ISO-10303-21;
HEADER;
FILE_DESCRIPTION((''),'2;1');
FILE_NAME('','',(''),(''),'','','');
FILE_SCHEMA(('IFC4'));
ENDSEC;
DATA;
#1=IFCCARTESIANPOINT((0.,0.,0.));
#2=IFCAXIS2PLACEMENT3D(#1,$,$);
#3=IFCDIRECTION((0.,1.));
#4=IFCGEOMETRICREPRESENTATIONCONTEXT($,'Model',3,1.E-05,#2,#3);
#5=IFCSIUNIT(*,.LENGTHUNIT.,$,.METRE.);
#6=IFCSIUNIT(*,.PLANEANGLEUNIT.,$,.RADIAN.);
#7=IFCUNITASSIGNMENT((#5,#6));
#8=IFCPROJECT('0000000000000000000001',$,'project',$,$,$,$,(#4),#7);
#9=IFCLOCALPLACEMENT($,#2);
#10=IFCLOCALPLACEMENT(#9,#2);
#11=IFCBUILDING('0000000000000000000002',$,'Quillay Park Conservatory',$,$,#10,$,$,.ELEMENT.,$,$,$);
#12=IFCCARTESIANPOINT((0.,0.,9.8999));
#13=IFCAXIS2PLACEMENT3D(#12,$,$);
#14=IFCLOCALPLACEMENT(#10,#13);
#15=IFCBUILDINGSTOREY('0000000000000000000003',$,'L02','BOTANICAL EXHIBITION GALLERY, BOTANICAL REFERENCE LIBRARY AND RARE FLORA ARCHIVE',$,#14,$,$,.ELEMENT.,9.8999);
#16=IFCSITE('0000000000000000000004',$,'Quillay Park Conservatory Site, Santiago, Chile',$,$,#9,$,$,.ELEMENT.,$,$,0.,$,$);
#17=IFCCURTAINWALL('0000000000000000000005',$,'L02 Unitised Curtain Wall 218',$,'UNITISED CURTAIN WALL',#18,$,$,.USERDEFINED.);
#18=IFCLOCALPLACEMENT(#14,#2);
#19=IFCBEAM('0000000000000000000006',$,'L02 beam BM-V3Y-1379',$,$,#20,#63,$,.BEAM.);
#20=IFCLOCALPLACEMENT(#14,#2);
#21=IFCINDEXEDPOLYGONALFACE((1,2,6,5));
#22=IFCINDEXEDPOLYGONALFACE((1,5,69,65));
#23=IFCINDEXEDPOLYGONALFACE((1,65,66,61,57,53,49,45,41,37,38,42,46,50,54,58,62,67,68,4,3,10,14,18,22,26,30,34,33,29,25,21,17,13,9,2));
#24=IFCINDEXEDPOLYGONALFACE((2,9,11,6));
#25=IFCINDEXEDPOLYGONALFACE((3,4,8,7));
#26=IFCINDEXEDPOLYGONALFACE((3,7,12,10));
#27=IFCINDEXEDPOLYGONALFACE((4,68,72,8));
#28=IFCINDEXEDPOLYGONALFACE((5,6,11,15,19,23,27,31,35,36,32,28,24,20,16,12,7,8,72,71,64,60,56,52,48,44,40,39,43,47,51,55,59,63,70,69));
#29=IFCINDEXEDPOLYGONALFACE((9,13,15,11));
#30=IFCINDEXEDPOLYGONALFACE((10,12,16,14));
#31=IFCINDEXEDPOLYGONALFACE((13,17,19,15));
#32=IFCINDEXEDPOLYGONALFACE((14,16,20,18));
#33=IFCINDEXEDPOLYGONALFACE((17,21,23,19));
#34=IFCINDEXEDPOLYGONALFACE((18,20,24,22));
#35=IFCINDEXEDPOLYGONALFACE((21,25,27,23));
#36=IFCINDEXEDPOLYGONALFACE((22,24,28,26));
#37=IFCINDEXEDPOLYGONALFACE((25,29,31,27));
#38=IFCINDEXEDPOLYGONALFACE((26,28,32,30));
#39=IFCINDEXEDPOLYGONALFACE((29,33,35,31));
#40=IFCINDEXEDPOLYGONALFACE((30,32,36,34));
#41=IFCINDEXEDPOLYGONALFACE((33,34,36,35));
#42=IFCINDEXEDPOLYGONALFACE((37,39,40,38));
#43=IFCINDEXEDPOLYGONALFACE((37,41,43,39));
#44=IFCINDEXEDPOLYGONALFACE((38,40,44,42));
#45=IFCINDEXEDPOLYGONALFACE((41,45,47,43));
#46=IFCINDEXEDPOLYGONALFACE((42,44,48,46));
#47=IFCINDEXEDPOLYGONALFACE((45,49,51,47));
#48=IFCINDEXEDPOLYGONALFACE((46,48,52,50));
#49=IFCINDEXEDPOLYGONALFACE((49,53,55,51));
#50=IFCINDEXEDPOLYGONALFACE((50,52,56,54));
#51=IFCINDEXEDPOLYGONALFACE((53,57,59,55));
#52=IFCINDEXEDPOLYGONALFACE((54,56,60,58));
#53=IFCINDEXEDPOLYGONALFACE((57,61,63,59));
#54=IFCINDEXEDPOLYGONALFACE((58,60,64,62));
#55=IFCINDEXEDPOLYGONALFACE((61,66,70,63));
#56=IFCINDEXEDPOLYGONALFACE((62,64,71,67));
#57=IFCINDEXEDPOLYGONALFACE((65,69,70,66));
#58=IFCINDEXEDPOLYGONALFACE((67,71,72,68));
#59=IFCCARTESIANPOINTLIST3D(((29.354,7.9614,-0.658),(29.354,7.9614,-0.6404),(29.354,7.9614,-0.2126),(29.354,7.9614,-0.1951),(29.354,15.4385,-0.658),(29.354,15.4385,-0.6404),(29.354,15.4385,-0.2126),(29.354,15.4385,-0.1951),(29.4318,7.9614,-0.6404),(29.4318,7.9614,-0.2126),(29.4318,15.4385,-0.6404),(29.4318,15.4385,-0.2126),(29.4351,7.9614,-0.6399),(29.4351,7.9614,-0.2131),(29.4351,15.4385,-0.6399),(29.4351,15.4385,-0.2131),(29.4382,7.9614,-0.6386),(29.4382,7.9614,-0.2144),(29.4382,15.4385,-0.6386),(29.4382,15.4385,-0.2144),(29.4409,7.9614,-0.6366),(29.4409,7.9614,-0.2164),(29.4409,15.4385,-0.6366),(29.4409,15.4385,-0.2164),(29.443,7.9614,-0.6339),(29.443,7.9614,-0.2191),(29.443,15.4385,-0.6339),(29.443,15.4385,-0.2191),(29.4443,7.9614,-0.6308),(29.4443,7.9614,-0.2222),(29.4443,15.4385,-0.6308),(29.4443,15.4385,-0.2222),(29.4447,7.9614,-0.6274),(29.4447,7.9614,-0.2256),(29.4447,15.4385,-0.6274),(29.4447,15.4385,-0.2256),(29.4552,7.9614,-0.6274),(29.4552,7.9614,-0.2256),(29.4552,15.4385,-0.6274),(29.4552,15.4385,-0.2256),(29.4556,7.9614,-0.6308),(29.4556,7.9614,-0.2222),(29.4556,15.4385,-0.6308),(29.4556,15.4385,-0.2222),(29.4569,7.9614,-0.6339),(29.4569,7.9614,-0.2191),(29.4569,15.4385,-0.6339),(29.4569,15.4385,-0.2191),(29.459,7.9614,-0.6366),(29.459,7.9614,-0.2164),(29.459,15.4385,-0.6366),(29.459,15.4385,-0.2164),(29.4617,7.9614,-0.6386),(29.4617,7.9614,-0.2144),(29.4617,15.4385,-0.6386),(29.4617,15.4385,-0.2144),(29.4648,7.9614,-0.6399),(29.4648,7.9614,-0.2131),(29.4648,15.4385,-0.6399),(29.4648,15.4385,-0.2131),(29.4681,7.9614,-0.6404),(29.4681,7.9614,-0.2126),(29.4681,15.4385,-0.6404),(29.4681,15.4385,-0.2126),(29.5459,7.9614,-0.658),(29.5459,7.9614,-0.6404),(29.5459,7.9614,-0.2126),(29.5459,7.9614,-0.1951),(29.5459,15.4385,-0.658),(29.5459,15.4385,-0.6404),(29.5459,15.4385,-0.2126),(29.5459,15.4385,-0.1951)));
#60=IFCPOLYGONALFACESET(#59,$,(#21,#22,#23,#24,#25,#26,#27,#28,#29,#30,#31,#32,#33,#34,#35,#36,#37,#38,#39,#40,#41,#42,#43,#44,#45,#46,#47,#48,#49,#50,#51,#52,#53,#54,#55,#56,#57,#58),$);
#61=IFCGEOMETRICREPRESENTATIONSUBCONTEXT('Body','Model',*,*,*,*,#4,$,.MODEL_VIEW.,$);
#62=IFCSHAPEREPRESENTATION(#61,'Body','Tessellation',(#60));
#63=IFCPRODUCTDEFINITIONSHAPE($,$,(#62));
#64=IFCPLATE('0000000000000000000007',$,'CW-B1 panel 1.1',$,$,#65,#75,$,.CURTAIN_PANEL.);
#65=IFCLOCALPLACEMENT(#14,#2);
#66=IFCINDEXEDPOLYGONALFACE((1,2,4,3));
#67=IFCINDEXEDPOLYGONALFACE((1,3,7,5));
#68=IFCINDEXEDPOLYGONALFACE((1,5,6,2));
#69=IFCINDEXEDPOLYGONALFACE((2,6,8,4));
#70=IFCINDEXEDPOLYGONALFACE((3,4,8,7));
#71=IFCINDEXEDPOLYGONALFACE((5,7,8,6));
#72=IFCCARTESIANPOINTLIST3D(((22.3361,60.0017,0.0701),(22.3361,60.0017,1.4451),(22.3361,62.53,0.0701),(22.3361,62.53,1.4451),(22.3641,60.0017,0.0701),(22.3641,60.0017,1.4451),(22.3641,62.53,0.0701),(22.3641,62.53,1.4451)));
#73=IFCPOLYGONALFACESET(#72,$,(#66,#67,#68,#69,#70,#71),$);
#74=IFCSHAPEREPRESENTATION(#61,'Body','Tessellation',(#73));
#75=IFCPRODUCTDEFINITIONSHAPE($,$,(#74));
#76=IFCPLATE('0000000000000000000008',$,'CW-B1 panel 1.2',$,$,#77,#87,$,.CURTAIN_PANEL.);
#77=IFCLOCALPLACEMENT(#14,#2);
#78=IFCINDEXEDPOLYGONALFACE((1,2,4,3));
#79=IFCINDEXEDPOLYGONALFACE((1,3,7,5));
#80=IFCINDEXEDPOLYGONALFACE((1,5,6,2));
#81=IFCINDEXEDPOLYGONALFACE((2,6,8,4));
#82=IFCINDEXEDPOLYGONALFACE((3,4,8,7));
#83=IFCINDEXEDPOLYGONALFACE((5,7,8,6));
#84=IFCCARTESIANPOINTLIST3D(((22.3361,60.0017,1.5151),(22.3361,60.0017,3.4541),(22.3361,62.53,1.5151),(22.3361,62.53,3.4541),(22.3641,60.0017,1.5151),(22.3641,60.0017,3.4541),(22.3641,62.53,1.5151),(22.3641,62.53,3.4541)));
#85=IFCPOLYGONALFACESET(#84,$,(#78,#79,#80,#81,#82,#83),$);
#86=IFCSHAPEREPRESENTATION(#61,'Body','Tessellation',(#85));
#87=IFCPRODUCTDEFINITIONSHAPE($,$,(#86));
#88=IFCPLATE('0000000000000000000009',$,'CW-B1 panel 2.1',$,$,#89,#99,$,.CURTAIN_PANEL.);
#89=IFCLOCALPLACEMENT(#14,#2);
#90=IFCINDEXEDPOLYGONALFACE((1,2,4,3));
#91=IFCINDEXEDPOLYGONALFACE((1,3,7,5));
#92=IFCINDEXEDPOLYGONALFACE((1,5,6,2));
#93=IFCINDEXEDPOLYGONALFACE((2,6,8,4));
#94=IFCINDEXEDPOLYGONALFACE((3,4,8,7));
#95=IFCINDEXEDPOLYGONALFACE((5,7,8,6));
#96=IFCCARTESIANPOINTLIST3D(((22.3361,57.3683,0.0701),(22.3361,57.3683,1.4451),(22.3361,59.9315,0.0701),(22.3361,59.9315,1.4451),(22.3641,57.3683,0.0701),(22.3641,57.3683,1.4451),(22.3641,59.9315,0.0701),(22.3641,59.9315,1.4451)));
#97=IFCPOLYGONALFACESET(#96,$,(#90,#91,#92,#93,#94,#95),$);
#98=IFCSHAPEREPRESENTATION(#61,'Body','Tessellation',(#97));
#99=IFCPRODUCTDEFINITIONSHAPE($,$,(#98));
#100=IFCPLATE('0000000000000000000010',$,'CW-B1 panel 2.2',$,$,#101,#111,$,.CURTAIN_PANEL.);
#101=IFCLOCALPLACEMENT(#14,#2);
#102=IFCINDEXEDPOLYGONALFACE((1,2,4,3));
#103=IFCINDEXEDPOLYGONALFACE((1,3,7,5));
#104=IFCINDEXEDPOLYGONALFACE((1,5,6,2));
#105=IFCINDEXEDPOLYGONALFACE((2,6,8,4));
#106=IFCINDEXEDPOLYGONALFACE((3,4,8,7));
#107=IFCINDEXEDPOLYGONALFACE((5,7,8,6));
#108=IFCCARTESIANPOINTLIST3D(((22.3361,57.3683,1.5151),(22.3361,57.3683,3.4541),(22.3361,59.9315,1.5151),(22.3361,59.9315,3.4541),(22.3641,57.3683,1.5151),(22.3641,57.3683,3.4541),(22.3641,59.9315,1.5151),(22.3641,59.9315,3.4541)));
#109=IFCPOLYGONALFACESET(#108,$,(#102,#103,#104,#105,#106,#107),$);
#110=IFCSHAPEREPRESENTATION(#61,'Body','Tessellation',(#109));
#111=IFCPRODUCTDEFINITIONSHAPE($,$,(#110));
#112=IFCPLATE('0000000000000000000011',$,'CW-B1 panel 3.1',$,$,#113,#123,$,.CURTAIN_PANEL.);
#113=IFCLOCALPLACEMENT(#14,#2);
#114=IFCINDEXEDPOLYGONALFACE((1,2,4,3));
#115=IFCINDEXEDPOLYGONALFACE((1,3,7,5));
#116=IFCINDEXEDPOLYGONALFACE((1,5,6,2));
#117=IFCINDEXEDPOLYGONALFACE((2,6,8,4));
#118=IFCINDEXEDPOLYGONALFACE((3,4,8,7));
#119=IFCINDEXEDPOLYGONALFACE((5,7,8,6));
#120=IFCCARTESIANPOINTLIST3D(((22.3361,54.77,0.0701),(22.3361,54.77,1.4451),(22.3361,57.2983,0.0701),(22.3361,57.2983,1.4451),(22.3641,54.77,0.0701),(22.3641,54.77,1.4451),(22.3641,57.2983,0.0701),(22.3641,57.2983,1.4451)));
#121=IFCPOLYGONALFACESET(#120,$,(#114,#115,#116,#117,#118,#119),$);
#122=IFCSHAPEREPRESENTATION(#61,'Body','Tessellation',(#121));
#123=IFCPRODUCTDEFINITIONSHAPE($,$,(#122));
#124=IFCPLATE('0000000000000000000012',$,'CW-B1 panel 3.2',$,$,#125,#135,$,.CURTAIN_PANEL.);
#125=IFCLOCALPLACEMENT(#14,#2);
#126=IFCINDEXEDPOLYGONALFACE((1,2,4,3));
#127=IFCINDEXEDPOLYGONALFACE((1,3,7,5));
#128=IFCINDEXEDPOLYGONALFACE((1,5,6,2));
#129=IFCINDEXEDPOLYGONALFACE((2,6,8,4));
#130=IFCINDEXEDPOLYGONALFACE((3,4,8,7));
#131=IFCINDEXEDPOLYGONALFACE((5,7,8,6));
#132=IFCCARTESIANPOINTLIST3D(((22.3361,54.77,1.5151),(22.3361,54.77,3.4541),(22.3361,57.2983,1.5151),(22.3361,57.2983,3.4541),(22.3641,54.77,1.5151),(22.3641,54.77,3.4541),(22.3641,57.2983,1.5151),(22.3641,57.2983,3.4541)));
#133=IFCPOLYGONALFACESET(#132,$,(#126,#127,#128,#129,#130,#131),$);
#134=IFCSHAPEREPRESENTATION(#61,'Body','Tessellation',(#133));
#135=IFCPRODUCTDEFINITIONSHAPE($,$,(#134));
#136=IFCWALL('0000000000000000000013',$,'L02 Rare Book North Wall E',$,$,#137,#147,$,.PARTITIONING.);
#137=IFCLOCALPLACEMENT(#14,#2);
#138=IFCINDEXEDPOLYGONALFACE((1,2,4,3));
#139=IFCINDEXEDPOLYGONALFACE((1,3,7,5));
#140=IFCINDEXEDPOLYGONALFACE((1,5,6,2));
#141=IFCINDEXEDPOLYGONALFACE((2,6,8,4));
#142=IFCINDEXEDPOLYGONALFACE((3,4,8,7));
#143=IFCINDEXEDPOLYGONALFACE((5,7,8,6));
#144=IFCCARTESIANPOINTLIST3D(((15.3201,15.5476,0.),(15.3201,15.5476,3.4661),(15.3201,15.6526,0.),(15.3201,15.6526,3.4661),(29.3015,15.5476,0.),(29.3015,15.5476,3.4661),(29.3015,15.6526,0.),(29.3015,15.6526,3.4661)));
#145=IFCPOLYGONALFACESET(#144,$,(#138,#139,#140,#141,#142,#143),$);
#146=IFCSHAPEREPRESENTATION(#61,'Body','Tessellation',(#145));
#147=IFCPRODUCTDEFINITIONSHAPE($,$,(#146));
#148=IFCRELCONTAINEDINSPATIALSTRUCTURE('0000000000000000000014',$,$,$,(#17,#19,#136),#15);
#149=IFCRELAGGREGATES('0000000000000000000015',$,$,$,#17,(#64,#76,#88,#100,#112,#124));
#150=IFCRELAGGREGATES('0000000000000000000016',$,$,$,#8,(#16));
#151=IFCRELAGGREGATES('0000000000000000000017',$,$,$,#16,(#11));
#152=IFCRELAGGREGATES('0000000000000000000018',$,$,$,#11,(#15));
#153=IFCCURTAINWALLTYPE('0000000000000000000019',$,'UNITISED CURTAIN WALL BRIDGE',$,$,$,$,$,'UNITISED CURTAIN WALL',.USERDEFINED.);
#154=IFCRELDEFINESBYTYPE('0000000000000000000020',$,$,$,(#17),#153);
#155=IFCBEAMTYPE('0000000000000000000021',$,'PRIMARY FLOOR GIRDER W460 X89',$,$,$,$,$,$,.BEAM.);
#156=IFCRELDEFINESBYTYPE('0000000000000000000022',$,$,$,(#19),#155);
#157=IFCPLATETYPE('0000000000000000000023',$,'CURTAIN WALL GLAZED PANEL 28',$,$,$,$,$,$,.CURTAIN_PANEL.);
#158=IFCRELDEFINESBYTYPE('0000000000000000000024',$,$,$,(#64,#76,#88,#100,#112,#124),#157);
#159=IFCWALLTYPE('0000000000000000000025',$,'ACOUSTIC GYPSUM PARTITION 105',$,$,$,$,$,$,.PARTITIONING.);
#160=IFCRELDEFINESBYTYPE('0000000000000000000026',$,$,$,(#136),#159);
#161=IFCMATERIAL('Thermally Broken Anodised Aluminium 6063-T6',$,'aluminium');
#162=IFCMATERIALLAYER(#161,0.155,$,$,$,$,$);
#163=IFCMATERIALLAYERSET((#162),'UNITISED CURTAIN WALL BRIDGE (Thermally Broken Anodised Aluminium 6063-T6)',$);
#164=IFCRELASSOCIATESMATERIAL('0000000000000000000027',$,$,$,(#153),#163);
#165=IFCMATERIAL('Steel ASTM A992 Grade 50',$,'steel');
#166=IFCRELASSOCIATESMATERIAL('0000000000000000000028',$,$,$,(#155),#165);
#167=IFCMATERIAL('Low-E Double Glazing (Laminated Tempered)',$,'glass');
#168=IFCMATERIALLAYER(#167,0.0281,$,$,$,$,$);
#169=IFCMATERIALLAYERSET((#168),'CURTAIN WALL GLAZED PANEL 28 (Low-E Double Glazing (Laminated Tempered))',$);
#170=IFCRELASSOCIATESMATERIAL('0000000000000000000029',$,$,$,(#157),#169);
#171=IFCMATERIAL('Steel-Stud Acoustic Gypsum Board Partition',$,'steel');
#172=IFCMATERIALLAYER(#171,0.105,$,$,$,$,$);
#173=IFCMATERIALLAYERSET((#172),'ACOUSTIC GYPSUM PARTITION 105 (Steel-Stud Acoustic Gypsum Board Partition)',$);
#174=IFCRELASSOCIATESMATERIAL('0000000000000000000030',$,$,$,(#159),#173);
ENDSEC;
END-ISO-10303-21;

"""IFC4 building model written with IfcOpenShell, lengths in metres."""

from ifc_helpers import new_model, si_unit, direction, frame, frame_2d, origin, origin_2d, place, context, subcontext, project, spatial, rectangle, i_section, extrude, material, layer, layer_set, material_profile, profile_set, type_object, element, aggregate, save


model = new_model("IFC4")

# Units and contexts
model_context = context("Model", 3, precision=1e-05, world=origin(), true_north=direction((0.0, 1.0)))
body_context = subcontext(model_context, "Body", "Model", "MODEL_VIEW")
ifc_project = project(units=[si_unit("LENGTHUNIT", "METRE"), si_unit("PLANEANGLEUNIT", "RADIAN")], contexts=[model_context])

# Site, building, storey
site_placement = place(None, origin())
site = spatial("IfcSite", under=ifc_project, at=site_placement, Name="Quillay Park Conservatory Site, Santiago, Chile", CompositionType="ELEMENT", RefElevation=0.0)
building_placement = place(site_placement, origin())
building = spatial("IfcBuilding", under=site, at=building_placement, Name="Quillay Park Conservatory", CompositionType="ELEMENT")
storey_placement = place(building_placement, frame((0.0, 0.0, 9.8999)))
storey = spatial("IfcBuildingStorey", under=building, at=storey_placement, Name="L02", Description="BOTANICAL EXHIBITION GALLERY, BOTANICAL REFERENCE LIBRARY AND RARE FLORA ARCHIVE", CompositionType="ELEMENT", Elevation=9.8999)

# Curtain wall
ifc_material_1 = material(Name="Thermally Broken Anodised Aluminium 6063-T6", Category="aluminium")
ifc_layer_1 = layer(ifc_material_1, 0.155)
ifc_layer_set_1 = layer_set([ifc_layer_1], Name="UNITISED CURTAIN WALL BRIDGE (Thermally Broken Anodised Aluminium 6063-T6)")
curtain_wall_type_1 = type_object("IfcCurtainWallType", Name="UNITISED CURTAIN WALL BRIDGE", ElementType="UNITISED CURTAIN WALL", PredefinedType="USERDEFINED", material=ifc_layer_set_1)
curtain_wall_1_placement = place(storey_placement, origin())
curtain_wall_1 = element("IfcCurtainWall", 1, at=curtain_wall_1_placement, inside=storey, type_object=curtain_wall_type_1, Name="L02 Unitised Curtain Wall 218", ObjectType="UNITISED CURTAIN WALL", PredefinedType="USERDEFINED")

# Beam
ifc_material_2 = material(Name="Steel ASTM A992 Grade 50", Category="steel")
ifc_material_profile_1 = material_profile(ifc_material_2, i_section(OverallWidth=0.1919, OverallDepth=0.4629, WebThickness=0.0105, FlangeThickness=0.0176, FilletRadius=0.0129, at=origin_2d()), Name="W460x89")
ifc_profile_set_1 = profile_set([ifc_material_profile_1], Name="Steel ASTM A992 Grade 50")
beam_type_1 = type_object("IfcBeamType", Name="PRIMARY FLOOR GIRDER W460 X89", PredefinedType="BEAM", material=ifc_profile_set_1)
beam_1_placement = place(storey_placement, frame((29.45, 7.9614, -0.4265), z_axis=(0.0, 1.0, 0.0), x_axis=(-1.0, 0.0, 0.0)))
element("IfcBeam", 2, at=beam_1_placement, inside=storey, type_object=beam_type_1, Name="L02 beam BM-V3Y-1379", PredefinedType="BEAM", context=body_context, shape_type="SweptSolid", body=[
    extrude(i_section(OverallWidth=0.1919, OverallDepth=0.4629, WebThickness=0.0105, FlangeThickness=0.0176, FilletRadius=0.0129, at=origin_2d()), origin(), (0.0, 0.0, 1.0), 7.4771),
])

# Plates
ifc_material_3 = material(Name="Low-E Double Glazing (Laminated Tempered)", Category="glass")
ifc_layer_2 = layer(ifc_material_3, 0.0281)
ifc_layer_set_2 = layer_set([ifc_layer_2], Name="CURTAIN WALL GLAZED PANEL 28 (Low-E Double Glazing (Laminated Tempered))")
plate_type = type_object("IfcPlateType", Name="CURTAIN WALL GLAZED PANEL 28", PredefinedType="CURTAIN_PANEL", material=ifc_layer_set_2)
plate_1_placement = place(storey_placement, frame((22.3501, 61.2659, 0.0701), z_axis=(0.0, 0.0, 1.0), x_axis=(0.0, -1.0, 0.0)))
plate_1 = element("IfcPlate", 3, at=plate_1_placement, type_object=plate_type, Name="CW-B1 panel 1.1", PredefinedType="CURTAIN_PANEL", context=body_context, shape_type="SweptSolid", body=[
    extrude(rectangle(XDim=2.5283, YDim=0.0281, at=origin_2d()), origin(), (0.0, 0.0, 1.0), 1.375),
])
plate_2_placement = place(storey_placement, frame((22.3501, 61.2659, 1.5151), z_axis=(0.0, 0.0, 1.0), x_axis=(0.0, -1.0, 0.0)))
plate_2 = element("IfcPlate", 4, at=plate_2_placement, type_object=plate_type, Name="CW-B1 panel 1.2", PredefinedType="CURTAIN_PANEL", context=body_context, shape_type="SweptSolid", body=[
    extrude(rectangle(XDim=2.5283, YDim=0.0281, at=origin_2d()), origin(), (0.0, 0.0, 1.0), 1.939),
])
plate_3_placement = place(storey_placement, frame((22.3501, 58.6499, 0.0701), z_axis=(0.0, 0.0, 1.0), x_axis=(0.0, -1.0, 0.0)))
plate_3 = element("IfcPlate", 5, at=plate_3_placement, type_object=plate_type, Name="CW-B1 panel 2.1", PredefinedType="CURTAIN_PANEL", context=body_context, shape_type="SweptSolid", body=[
    extrude(rectangle(XDim=2.5632, YDim=0.0281, at=origin_2d()), origin(), (0.0, 0.0, 1.0), 1.375),
])
plate_4_placement = place(storey_placement, frame((22.3501, 58.6499, 1.5151), z_axis=(0.0, 0.0, 1.0), x_axis=(0.0, -1.0, 0.0)))
plate_4 = element("IfcPlate", 6, at=plate_4_placement, type_object=plate_type, Name="CW-B1 panel 2.2", PredefinedType="CURTAIN_PANEL", context=body_context, shape_type="SweptSolid", body=[
    extrude(rectangle(XDim=2.5632, YDim=0.0281, at=origin_2d()), origin(), (0.0, 0.0, 1.0), 1.939),
])
plate_5_placement = place(storey_placement, frame((22.3501, 56.0342, 0.0701), z_axis=(0.0, 0.0, 1.0), x_axis=(0.0, -1.0, 0.0)))
plate_5 = element("IfcPlate", 7, at=plate_5_placement, type_object=plate_type, Name="CW-B1 panel 3.1", PredefinedType="CURTAIN_PANEL", context=body_context, shape_type="SweptSolid", body=[
    extrude(rectangle(XDim=2.5283, YDim=0.0281, at=origin_2d()), origin(), (0.0, 0.0, 1.0), 1.375),
])
plate_6_placement = place(storey_placement, frame((22.3501, 56.0342, 1.5151), z_axis=(0.0, 0.0, 1.0), x_axis=(0.0, -1.0, 0.0)))
plate_6 = element("IfcPlate", 8, at=plate_6_placement, type_object=plate_type, Name="CW-B1 panel 3.2", PredefinedType="CURTAIN_PANEL", context=body_context, shape_type="SweptSolid", body=[
    extrude(rectangle(XDim=2.5283, YDim=0.0281, at=origin_2d()), origin(), (0.0, 0.0, 1.0), 1.939),
])
aggregate(curtain_wall_1, [plate_1, plate_2, plate_3, plate_4, plate_5, plate_6])

# Wall
ifc_material_4 = material(Name="Steel-Stud Acoustic Gypsum Board Partition", Category="steel")
ifc_layer_3 = layer(ifc_material_4, 0.105)
ifc_layer_set_3 = layer_set([ifc_layer_3], Name="ACOUSTIC GYPSUM PARTITION 105 (Steel-Stud Acoustic Gypsum Board Partition)")
wall_type_1 = type_object("IfcWallType", Name="ACOUSTIC GYPSUM PARTITION 105", PredefinedType="PARTITIONING", material=ifc_layer_set_3)
wall_1_placement = place(storey_placement, frame((29.3015, 15.6001, 0.0), z_axis=(0.0, 0.0, 1.0), x_axis=(-1.0, 0.0, 0.0)))
element("IfcWall", 9, at=wall_1_placement, inside=storey, type_object=wall_type_1, Name="L02 Rare Book North Wall E", PredefinedType="PARTITIONING", context=body_context, shape_type="SweptSolid", body=[
    extrude(rectangle(XDim=13.9814, YDim=0.105, at=frame_2d((6.9907, 0.0))), origin(), (0.0, 0.0, 1.0), 3.4661),
])

save(model, "model.ifc")
